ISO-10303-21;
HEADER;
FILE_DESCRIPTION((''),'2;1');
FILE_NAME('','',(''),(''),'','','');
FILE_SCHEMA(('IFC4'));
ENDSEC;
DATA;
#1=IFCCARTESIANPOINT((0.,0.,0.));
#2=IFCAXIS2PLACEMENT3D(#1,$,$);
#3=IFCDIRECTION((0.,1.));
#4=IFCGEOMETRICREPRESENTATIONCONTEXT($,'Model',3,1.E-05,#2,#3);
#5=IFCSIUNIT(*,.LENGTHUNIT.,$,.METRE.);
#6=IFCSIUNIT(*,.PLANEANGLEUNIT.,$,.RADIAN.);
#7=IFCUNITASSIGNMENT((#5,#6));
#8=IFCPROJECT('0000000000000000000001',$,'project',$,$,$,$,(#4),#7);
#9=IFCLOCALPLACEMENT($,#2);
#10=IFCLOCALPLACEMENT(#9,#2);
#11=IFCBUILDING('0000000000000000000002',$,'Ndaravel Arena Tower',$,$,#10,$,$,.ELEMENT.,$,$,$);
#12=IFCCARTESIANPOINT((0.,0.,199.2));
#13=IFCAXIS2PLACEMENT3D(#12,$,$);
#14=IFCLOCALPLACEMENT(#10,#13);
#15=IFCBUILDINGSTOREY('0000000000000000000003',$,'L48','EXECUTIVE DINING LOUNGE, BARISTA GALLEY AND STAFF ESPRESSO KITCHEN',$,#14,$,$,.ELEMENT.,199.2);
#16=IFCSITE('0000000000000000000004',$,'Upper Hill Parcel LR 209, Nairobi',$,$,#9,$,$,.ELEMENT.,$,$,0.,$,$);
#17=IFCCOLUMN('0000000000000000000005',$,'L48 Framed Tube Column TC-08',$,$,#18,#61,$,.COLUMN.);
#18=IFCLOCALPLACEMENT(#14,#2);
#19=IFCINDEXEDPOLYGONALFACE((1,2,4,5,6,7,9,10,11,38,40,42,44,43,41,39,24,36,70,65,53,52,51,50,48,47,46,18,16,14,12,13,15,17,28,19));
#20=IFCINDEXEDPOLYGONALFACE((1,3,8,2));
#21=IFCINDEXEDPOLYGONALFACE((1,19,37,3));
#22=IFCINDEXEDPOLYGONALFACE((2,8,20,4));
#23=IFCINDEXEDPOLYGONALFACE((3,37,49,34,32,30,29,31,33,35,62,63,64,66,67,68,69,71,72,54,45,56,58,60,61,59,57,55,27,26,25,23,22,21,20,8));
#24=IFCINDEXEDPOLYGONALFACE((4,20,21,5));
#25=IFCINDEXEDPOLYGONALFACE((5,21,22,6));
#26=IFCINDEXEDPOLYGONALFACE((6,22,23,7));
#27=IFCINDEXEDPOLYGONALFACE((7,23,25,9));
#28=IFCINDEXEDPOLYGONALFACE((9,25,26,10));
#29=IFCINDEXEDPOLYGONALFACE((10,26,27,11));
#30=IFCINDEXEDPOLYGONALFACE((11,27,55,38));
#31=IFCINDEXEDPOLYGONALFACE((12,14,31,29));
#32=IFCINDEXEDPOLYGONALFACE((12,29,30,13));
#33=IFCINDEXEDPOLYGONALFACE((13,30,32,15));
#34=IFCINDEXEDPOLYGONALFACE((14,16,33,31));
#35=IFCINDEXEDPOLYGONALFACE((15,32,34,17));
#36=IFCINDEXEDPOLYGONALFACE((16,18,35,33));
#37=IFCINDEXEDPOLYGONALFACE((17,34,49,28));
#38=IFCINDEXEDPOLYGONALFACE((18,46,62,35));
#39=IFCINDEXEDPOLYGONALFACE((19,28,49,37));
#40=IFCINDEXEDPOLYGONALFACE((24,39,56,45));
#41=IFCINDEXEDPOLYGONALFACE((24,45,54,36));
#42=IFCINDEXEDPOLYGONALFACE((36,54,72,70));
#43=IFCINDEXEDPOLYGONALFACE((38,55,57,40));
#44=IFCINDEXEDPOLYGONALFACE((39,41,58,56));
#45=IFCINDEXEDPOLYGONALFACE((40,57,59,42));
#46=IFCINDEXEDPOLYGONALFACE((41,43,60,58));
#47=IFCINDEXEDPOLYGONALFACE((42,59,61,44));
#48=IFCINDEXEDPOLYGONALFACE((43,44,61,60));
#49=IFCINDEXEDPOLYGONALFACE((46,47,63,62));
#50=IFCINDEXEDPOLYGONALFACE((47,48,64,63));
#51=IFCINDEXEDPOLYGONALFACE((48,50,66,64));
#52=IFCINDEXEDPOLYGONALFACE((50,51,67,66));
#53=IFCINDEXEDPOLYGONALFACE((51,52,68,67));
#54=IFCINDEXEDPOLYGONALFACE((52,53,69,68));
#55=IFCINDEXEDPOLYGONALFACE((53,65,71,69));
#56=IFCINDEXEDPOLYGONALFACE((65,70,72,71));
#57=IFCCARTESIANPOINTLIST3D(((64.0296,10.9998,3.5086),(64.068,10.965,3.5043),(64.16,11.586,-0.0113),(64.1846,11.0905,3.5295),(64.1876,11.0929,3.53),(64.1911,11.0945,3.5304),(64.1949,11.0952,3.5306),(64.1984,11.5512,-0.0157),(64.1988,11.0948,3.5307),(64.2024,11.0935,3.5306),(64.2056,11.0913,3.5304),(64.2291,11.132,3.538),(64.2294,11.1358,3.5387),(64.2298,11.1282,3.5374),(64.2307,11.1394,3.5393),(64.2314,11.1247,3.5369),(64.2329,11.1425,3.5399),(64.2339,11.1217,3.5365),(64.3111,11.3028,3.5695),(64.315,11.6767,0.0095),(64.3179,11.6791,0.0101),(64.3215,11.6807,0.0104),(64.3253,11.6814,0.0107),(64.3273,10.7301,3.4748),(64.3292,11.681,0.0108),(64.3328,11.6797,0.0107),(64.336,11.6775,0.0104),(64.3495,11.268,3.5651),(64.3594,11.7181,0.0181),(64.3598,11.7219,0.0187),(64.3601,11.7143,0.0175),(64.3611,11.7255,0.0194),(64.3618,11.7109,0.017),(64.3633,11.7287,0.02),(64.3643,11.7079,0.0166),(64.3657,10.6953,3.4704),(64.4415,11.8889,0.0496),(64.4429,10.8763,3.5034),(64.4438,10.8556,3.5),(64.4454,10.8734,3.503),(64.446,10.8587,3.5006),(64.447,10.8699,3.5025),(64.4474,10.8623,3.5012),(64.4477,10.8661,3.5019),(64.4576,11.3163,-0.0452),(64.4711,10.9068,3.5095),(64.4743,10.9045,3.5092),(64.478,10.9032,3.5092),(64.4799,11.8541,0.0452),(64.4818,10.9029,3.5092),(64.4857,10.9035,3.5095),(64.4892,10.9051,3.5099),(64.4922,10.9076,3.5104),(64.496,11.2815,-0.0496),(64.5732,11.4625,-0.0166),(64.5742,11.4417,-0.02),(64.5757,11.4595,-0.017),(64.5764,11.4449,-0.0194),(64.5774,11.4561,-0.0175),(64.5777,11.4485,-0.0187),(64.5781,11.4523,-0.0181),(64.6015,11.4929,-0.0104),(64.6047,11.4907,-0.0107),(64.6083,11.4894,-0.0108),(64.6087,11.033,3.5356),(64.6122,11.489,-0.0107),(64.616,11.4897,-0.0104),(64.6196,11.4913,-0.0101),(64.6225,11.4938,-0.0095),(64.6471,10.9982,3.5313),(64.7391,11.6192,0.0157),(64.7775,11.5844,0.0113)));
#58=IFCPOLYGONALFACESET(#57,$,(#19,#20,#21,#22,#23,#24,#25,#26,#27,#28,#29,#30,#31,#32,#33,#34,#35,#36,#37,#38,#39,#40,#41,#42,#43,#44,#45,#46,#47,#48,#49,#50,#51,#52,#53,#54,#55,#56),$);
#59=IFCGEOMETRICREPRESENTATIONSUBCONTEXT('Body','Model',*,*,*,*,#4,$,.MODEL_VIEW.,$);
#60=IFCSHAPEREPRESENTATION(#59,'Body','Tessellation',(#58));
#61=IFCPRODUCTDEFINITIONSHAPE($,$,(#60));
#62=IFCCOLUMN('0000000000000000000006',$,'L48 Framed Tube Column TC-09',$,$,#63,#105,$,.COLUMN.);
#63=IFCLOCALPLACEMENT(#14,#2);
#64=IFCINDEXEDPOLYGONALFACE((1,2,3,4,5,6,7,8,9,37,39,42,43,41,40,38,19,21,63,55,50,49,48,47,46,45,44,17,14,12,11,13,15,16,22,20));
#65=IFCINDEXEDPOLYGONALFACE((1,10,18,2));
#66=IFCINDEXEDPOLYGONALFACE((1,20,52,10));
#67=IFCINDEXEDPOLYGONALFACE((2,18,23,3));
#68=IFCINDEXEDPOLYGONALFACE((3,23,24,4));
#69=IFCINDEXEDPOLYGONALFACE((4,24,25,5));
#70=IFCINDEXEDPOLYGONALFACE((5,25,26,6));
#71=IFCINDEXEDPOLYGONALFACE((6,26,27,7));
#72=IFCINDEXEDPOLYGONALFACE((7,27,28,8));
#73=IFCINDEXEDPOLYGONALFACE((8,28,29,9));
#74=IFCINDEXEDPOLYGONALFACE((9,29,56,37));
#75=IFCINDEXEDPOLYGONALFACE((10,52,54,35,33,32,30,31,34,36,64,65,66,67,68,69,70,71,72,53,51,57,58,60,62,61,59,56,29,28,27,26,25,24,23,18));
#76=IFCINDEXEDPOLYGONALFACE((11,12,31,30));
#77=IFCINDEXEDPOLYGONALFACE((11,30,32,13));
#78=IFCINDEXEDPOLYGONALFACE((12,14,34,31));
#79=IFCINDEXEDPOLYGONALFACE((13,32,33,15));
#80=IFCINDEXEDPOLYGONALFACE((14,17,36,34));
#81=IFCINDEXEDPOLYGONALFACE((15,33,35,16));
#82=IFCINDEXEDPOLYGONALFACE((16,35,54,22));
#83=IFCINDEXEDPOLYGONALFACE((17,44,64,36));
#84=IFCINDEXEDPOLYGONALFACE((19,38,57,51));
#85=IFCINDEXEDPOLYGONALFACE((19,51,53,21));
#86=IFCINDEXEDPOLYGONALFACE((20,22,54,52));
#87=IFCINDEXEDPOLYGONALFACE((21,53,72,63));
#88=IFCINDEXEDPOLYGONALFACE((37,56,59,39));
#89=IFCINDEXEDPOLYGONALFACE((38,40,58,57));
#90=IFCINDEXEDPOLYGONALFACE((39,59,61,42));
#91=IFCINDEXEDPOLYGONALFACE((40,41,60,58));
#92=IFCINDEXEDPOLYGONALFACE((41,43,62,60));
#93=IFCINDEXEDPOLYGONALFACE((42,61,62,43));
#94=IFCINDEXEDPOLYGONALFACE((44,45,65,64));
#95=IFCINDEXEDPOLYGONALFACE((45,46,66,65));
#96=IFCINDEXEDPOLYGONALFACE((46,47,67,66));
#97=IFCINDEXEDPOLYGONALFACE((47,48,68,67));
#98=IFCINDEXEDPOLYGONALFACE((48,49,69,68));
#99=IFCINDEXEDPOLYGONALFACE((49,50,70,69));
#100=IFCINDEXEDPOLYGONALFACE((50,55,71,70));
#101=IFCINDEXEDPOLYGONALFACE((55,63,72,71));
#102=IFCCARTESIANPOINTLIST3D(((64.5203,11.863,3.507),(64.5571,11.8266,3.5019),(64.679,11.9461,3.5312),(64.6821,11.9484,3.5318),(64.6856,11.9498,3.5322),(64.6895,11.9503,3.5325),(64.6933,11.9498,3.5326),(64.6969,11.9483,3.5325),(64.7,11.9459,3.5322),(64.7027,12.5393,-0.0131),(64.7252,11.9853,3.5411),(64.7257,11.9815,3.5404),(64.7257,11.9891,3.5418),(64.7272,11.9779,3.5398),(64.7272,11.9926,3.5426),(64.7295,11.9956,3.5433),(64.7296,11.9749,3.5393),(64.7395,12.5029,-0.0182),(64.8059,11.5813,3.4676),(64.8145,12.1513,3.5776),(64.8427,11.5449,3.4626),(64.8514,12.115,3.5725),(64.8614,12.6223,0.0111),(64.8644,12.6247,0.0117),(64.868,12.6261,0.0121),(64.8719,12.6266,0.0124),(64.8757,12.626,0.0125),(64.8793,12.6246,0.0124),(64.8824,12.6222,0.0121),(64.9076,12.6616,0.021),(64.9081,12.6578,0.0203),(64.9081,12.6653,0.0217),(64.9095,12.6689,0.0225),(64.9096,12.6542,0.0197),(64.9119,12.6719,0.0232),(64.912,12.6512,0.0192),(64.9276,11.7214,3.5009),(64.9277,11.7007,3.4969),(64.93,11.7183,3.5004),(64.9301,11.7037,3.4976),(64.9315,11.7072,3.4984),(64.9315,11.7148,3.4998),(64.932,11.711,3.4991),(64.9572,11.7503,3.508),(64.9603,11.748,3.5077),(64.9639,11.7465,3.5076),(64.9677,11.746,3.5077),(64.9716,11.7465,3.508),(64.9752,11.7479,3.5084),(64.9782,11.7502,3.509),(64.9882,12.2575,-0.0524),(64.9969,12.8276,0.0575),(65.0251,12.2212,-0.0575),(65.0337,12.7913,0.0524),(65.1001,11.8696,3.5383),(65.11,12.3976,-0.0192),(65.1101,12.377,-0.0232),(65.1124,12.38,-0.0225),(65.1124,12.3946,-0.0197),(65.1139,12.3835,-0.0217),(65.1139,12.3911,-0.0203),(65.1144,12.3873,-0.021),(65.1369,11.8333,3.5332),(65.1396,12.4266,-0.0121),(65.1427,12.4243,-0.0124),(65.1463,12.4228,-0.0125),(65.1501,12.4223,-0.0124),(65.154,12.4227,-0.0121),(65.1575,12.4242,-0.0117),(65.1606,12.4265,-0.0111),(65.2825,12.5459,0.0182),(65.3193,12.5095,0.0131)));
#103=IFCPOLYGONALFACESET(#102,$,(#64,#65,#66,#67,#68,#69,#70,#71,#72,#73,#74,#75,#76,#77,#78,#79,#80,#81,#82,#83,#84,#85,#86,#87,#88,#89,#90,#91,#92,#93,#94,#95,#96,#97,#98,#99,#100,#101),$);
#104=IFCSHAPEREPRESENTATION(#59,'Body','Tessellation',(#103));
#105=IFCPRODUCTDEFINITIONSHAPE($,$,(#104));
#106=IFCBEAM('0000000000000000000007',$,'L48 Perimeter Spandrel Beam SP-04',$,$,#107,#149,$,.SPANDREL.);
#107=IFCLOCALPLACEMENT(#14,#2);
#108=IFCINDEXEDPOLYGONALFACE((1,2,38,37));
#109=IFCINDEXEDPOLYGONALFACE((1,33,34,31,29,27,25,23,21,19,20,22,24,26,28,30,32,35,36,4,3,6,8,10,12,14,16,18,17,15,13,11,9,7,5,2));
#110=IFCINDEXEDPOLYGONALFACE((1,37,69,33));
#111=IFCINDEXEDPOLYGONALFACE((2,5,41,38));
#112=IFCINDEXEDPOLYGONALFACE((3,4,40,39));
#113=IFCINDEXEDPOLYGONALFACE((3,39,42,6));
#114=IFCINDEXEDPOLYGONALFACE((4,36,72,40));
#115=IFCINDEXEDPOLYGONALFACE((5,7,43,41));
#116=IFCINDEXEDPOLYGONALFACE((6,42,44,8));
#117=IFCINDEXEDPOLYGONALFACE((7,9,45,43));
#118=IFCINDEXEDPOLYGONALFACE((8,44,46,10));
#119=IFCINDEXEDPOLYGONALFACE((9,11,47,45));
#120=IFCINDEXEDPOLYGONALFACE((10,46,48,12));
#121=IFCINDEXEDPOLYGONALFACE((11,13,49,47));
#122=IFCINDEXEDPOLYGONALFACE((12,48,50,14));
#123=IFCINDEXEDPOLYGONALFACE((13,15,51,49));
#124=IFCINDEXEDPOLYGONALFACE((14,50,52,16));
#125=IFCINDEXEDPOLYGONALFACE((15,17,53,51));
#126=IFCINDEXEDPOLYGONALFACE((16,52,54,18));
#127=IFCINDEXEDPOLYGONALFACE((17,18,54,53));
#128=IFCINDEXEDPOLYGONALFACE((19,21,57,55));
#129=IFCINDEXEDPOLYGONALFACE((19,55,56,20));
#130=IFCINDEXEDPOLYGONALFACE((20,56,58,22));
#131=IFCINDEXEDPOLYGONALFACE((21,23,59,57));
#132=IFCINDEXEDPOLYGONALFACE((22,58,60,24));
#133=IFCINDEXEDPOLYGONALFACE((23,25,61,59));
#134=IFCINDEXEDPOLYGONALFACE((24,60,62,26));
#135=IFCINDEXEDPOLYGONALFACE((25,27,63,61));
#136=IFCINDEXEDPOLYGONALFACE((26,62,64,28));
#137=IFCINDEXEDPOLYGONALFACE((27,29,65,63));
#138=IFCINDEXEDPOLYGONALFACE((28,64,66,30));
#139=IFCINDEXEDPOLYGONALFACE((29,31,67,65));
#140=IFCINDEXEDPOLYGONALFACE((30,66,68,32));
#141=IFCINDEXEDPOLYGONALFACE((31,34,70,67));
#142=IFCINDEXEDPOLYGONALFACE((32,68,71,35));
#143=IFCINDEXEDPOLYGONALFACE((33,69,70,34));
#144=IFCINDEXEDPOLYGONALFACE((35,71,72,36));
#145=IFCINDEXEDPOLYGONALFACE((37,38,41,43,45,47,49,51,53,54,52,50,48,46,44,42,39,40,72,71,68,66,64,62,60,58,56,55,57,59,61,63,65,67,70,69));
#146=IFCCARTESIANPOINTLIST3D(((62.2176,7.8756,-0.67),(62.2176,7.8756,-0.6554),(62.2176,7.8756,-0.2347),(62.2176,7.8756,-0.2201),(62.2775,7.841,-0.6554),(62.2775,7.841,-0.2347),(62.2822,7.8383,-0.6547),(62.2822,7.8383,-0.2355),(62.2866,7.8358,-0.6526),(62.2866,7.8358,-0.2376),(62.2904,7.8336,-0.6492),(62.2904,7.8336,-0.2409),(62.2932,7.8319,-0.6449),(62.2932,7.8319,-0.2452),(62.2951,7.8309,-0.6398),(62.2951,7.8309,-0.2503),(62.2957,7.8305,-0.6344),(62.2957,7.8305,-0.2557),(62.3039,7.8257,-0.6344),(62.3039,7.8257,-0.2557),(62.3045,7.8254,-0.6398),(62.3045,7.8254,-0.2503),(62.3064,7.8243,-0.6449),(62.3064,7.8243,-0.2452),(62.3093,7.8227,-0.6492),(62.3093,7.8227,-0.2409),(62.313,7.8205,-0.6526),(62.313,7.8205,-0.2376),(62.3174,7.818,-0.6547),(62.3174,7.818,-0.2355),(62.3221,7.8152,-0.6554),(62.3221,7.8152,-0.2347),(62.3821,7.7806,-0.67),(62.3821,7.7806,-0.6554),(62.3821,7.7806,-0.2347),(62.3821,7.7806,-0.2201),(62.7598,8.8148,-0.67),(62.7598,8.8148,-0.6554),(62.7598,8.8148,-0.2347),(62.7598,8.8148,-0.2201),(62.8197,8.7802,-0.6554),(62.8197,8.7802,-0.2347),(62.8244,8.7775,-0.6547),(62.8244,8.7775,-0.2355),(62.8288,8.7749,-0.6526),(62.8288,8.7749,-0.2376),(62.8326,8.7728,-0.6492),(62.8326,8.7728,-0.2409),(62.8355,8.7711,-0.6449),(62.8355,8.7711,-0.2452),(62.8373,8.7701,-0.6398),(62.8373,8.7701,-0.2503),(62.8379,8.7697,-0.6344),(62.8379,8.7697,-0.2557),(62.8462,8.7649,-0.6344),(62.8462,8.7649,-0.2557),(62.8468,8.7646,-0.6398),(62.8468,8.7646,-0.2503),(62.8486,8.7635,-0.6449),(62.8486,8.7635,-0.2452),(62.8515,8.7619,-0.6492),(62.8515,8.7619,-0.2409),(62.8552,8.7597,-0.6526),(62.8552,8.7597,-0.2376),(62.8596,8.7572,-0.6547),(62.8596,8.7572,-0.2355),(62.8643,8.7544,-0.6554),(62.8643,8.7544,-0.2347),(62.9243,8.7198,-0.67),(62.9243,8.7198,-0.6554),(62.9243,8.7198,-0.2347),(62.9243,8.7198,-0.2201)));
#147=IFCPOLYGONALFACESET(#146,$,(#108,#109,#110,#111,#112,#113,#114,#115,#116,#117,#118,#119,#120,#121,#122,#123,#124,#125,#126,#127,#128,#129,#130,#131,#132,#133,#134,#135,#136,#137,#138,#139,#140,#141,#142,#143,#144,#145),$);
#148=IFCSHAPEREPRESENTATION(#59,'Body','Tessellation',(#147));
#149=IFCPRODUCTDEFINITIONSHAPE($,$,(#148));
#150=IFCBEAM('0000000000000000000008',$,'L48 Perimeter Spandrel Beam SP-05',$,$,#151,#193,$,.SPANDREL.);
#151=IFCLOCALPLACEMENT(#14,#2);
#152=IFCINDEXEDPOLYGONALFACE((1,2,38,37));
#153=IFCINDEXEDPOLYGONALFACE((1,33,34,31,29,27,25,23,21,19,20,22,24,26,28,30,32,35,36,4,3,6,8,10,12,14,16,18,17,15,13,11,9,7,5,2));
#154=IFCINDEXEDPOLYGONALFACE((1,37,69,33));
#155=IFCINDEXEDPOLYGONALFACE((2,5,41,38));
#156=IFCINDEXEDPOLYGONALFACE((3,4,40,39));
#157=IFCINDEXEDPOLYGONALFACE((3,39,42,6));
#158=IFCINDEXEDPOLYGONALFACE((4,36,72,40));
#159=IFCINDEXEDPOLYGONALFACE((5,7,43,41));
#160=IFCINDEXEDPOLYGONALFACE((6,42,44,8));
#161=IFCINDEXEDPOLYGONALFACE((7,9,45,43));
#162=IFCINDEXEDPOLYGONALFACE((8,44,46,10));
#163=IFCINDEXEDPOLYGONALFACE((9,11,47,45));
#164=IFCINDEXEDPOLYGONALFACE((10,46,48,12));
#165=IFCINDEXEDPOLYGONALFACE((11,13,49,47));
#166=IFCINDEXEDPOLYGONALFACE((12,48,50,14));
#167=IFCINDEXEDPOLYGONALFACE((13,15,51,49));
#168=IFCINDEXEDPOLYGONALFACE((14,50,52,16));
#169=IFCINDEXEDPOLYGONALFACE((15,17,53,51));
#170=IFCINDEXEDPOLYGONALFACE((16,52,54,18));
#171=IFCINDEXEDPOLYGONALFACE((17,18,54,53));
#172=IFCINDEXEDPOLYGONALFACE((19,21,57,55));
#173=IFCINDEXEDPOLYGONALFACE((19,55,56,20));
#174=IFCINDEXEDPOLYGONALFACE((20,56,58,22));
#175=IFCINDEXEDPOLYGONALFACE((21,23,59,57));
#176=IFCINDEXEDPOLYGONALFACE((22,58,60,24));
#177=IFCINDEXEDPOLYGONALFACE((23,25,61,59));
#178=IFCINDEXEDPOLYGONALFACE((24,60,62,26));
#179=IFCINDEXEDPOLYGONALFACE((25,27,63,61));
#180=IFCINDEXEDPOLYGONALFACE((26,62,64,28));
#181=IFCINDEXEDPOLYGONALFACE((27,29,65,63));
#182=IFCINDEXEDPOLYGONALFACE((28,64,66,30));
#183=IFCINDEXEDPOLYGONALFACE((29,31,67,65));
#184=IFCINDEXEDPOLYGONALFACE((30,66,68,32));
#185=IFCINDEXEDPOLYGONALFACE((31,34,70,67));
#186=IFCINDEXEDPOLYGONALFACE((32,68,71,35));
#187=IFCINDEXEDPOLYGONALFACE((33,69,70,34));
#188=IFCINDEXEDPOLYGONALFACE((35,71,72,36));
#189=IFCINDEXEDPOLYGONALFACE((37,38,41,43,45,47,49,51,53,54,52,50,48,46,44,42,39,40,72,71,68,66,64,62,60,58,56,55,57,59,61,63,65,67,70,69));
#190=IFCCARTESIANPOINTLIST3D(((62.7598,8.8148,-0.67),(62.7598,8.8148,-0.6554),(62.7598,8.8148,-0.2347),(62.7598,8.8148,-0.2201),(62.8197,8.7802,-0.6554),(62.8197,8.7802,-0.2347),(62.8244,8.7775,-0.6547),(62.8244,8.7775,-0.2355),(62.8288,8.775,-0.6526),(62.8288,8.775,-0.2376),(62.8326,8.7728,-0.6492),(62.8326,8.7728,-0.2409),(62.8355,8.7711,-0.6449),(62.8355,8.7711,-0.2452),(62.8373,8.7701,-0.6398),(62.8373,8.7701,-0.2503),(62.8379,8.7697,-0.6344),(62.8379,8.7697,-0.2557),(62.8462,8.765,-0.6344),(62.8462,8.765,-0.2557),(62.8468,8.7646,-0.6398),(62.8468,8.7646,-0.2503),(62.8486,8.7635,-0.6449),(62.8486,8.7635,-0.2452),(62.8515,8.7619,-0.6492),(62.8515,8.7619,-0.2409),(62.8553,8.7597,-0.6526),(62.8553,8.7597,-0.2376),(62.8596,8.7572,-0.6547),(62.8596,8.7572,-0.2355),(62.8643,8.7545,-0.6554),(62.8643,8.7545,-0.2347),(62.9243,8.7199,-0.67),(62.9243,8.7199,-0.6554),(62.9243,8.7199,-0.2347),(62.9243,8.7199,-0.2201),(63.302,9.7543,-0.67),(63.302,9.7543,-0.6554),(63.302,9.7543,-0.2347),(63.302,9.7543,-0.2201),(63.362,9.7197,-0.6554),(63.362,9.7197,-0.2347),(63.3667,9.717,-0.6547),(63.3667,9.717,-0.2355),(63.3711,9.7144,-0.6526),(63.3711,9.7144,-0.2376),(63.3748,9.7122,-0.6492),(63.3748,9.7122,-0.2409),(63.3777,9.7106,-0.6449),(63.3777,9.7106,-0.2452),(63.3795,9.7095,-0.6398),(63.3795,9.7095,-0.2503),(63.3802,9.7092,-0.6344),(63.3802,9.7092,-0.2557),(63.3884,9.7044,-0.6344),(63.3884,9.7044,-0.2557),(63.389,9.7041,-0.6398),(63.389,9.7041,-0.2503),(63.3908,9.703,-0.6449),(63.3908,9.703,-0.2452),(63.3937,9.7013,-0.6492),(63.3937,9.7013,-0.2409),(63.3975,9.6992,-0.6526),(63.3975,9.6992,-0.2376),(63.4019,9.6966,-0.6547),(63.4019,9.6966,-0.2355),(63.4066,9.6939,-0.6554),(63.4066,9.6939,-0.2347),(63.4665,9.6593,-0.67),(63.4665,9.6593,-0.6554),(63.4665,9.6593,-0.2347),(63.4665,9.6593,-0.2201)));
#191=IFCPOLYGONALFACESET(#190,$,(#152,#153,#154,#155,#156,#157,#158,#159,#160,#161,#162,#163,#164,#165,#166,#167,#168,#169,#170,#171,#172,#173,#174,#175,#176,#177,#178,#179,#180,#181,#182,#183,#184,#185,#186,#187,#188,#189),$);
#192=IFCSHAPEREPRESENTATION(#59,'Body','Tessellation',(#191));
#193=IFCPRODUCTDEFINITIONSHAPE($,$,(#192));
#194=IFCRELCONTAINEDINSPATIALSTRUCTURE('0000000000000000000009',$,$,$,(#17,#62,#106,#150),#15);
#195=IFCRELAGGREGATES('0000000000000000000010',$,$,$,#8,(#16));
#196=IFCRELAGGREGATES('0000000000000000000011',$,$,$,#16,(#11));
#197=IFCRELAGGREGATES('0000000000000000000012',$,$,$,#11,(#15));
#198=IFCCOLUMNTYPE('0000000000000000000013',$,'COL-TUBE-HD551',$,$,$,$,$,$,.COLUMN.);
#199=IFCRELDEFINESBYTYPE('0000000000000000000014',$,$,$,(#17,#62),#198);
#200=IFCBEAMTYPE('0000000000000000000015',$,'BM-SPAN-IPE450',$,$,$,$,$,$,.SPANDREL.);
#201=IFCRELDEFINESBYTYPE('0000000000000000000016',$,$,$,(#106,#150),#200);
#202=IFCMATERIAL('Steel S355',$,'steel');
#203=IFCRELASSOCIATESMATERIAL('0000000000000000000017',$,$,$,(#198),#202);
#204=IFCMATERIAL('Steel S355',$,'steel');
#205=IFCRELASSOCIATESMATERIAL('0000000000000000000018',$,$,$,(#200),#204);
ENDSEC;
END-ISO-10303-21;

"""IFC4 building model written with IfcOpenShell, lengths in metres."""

from ifc_helpers import new_model, si_unit, direction, frame, origin, origin_2d, place, context, subcontext, project, spatial, i_section, extrude, material, material_profile, profile_set, type_object, element, save


model = new_model("IFC4")

# Units and contexts
model_context = context("Model", 3, precision=1e-05, world=origin(), true_north=direction((0.0, 1.0)))
body_context = subcontext(model_context, "Body", "Model", "MODEL_VIEW")
ifc_project = project(units=[si_unit("LENGTHUNIT", "METRE"), si_unit("PLANEANGLEUNIT", "RADIAN")], contexts=[model_context])

# Site, building, storey
site_placement = place(None, origin())
site = spatial("IfcSite", under=ifc_project, at=site_placement, Name="Upper Hill Parcel LR 209, Nairobi", CompositionType="ELEMENT", RefElevation=0.0)
building_placement = place(site_placement, origin())
building = spatial("IfcBuilding", under=site, at=building_placement, Name="Ndaravel Arena Tower", CompositionType="ELEMENT")
storey_placement = place(building_placement, frame((0.0, 0.0, 199.2)))
storey = spatial("IfcBuildingStorey", under=building, at=storey_placement, Name="L48", Description="EXECUTIVE DINING LOUNGE, BARISTA GALLEY AND STAFF ESPRESSO KITCHEN", CompositionType="ELEMENT", Elevation=199.2)

# Columns
ifc_material_1 = material(Name="Steel S355", Category="steel")
ifc_material_profile_1 = material_profile(ifc_material_1, i_section(OverallWidth=0.418, OverallDepth=0.4551, WebThickness=0.042, FlangeThickness=0.052, FilletRadius=0.0149, at=origin_2d()), Name="HD 400x551")
ifc_profile_set_1 = profile_set([ifc_material_profile_1], Name="Steel S355")
column_type = type_object("IfcColumnType", Name="COL-TUBE-HD551", PredefinedType="COLUMN", material=ifc_profile_set_1)
column_1_placement = place(storey_placement, frame((64.4688, 11.5852, 0.0), z_axis=(-0.03651, -0.164156, 0.985758), x_axis=(0.673413, 0.724779, 0.145637)))
element("IfcColumn", 1, at=column_1_placement, inside=storey, type_object=column_type, Name="L48 Framed Tube Column TC-08", PredefinedType="COLUMN", context=body_context, shape_type="SweptSolid", body=[
    extrude(i_section(OverallWidth=0.418, OverallDepth=0.4551, WebThickness=0.042, FlangeThickness=0.052, FilletRadius=0.0149, at=origin_2d()), origin(), (0.0, 0.0, 1.0), 3.5708),
])
column_2_placement = place(storey_placement, frame((65.011, 12.5244, 0.0), z_axis=(-0.050814, -0.188427, 0.980772), x_axis=(0.703908, 0.68989, 0.169012)))
element("IfcColumn", 2, at=column_2_placement, inside=storey, type_object=column_type, Name="L48 Framed Tube Column TC-09", PredefinedType="COLUMN", context=body_context, shape_type="SweptSolid", body=[
    extrude(i_section(OverallWidth=0.418, OverallDepth=0.4551, WebThickness=0.042, FlangeThickness=0.052, FilletRadius=0.0149, at=origin_2d()), origin(), (0.0, 0.0, 1.0), 3.5891),
])

# Beams
ifc_material_2 = material(Name="Steel S355", Category="steel")
ifc_material_profile_2 = material_profile(ifc_material_2, i_section(OverallWidth=0.1899, OverallDepth=0.45, WebThickness=0.0095, FlangeThickness=0.0146, FilletRadius=0.021, at=origin_2d()), Name="IPE 450")
ifc_profile_set_2 = profile_set([ifc_material_profile_2], Name="Steel S355")
beam_type = type_object("IfcBeamType", Name="BM-SPAN-IPE450", PredefinedType="SPANDREL", material=ifc_profile_set_2)
beam_1_placement = place(storey_placement, frame((62.2998, 7.8281, -0.4451), z_axis=(0.499989, 0.866032, 0.0), x_axis=(-0.866032, 0.499989, 0.0)))
element("IfcBeam", 3, at=beam_1_placement, inside=storey, type_object=beam_type, Name="L48 Perimeter Spandrel Beam SP-04", PredefinedType="SPANDREL", context=body_context, shape_type="SweptSolid", body=[
    extrude(i_section(OverallWidth=0.1899, OverallDepth=0.45, WebThickness=0.0095, FlangeThickness=0.0146, FilletRadius=0.021, at=origin_2d()), origin(), (0.0, 0.0, 1.0), 1.0845),
])
beam_2_placement = place(storey_placement, frame((62.842, 8.7673, -0.4451), z_axis=(0.499891, 0.866088, 0.0), x_axis=(-0.866088, 0.499891, 0.0)))
element("IfcBeam", 4, at=beam_2_placement, inside=storey, type_object=beam_type, Name="L48 Perimeter Spandrel Beam SP-05", PredefinedType="SPANDREL", context=body_context, shape_type="SweptSolid", body=[
    extrude(i_section(OverallWidth=0.1899, OverallDepth=0.45, WebThickness=0.0095, FlangeThickness=0.0146, FilletRadius=0.021, at=origin_2d()), origin(), (0.0, 0.0, 1.0), 1.0847),
])

save(model, "model.ifc")
